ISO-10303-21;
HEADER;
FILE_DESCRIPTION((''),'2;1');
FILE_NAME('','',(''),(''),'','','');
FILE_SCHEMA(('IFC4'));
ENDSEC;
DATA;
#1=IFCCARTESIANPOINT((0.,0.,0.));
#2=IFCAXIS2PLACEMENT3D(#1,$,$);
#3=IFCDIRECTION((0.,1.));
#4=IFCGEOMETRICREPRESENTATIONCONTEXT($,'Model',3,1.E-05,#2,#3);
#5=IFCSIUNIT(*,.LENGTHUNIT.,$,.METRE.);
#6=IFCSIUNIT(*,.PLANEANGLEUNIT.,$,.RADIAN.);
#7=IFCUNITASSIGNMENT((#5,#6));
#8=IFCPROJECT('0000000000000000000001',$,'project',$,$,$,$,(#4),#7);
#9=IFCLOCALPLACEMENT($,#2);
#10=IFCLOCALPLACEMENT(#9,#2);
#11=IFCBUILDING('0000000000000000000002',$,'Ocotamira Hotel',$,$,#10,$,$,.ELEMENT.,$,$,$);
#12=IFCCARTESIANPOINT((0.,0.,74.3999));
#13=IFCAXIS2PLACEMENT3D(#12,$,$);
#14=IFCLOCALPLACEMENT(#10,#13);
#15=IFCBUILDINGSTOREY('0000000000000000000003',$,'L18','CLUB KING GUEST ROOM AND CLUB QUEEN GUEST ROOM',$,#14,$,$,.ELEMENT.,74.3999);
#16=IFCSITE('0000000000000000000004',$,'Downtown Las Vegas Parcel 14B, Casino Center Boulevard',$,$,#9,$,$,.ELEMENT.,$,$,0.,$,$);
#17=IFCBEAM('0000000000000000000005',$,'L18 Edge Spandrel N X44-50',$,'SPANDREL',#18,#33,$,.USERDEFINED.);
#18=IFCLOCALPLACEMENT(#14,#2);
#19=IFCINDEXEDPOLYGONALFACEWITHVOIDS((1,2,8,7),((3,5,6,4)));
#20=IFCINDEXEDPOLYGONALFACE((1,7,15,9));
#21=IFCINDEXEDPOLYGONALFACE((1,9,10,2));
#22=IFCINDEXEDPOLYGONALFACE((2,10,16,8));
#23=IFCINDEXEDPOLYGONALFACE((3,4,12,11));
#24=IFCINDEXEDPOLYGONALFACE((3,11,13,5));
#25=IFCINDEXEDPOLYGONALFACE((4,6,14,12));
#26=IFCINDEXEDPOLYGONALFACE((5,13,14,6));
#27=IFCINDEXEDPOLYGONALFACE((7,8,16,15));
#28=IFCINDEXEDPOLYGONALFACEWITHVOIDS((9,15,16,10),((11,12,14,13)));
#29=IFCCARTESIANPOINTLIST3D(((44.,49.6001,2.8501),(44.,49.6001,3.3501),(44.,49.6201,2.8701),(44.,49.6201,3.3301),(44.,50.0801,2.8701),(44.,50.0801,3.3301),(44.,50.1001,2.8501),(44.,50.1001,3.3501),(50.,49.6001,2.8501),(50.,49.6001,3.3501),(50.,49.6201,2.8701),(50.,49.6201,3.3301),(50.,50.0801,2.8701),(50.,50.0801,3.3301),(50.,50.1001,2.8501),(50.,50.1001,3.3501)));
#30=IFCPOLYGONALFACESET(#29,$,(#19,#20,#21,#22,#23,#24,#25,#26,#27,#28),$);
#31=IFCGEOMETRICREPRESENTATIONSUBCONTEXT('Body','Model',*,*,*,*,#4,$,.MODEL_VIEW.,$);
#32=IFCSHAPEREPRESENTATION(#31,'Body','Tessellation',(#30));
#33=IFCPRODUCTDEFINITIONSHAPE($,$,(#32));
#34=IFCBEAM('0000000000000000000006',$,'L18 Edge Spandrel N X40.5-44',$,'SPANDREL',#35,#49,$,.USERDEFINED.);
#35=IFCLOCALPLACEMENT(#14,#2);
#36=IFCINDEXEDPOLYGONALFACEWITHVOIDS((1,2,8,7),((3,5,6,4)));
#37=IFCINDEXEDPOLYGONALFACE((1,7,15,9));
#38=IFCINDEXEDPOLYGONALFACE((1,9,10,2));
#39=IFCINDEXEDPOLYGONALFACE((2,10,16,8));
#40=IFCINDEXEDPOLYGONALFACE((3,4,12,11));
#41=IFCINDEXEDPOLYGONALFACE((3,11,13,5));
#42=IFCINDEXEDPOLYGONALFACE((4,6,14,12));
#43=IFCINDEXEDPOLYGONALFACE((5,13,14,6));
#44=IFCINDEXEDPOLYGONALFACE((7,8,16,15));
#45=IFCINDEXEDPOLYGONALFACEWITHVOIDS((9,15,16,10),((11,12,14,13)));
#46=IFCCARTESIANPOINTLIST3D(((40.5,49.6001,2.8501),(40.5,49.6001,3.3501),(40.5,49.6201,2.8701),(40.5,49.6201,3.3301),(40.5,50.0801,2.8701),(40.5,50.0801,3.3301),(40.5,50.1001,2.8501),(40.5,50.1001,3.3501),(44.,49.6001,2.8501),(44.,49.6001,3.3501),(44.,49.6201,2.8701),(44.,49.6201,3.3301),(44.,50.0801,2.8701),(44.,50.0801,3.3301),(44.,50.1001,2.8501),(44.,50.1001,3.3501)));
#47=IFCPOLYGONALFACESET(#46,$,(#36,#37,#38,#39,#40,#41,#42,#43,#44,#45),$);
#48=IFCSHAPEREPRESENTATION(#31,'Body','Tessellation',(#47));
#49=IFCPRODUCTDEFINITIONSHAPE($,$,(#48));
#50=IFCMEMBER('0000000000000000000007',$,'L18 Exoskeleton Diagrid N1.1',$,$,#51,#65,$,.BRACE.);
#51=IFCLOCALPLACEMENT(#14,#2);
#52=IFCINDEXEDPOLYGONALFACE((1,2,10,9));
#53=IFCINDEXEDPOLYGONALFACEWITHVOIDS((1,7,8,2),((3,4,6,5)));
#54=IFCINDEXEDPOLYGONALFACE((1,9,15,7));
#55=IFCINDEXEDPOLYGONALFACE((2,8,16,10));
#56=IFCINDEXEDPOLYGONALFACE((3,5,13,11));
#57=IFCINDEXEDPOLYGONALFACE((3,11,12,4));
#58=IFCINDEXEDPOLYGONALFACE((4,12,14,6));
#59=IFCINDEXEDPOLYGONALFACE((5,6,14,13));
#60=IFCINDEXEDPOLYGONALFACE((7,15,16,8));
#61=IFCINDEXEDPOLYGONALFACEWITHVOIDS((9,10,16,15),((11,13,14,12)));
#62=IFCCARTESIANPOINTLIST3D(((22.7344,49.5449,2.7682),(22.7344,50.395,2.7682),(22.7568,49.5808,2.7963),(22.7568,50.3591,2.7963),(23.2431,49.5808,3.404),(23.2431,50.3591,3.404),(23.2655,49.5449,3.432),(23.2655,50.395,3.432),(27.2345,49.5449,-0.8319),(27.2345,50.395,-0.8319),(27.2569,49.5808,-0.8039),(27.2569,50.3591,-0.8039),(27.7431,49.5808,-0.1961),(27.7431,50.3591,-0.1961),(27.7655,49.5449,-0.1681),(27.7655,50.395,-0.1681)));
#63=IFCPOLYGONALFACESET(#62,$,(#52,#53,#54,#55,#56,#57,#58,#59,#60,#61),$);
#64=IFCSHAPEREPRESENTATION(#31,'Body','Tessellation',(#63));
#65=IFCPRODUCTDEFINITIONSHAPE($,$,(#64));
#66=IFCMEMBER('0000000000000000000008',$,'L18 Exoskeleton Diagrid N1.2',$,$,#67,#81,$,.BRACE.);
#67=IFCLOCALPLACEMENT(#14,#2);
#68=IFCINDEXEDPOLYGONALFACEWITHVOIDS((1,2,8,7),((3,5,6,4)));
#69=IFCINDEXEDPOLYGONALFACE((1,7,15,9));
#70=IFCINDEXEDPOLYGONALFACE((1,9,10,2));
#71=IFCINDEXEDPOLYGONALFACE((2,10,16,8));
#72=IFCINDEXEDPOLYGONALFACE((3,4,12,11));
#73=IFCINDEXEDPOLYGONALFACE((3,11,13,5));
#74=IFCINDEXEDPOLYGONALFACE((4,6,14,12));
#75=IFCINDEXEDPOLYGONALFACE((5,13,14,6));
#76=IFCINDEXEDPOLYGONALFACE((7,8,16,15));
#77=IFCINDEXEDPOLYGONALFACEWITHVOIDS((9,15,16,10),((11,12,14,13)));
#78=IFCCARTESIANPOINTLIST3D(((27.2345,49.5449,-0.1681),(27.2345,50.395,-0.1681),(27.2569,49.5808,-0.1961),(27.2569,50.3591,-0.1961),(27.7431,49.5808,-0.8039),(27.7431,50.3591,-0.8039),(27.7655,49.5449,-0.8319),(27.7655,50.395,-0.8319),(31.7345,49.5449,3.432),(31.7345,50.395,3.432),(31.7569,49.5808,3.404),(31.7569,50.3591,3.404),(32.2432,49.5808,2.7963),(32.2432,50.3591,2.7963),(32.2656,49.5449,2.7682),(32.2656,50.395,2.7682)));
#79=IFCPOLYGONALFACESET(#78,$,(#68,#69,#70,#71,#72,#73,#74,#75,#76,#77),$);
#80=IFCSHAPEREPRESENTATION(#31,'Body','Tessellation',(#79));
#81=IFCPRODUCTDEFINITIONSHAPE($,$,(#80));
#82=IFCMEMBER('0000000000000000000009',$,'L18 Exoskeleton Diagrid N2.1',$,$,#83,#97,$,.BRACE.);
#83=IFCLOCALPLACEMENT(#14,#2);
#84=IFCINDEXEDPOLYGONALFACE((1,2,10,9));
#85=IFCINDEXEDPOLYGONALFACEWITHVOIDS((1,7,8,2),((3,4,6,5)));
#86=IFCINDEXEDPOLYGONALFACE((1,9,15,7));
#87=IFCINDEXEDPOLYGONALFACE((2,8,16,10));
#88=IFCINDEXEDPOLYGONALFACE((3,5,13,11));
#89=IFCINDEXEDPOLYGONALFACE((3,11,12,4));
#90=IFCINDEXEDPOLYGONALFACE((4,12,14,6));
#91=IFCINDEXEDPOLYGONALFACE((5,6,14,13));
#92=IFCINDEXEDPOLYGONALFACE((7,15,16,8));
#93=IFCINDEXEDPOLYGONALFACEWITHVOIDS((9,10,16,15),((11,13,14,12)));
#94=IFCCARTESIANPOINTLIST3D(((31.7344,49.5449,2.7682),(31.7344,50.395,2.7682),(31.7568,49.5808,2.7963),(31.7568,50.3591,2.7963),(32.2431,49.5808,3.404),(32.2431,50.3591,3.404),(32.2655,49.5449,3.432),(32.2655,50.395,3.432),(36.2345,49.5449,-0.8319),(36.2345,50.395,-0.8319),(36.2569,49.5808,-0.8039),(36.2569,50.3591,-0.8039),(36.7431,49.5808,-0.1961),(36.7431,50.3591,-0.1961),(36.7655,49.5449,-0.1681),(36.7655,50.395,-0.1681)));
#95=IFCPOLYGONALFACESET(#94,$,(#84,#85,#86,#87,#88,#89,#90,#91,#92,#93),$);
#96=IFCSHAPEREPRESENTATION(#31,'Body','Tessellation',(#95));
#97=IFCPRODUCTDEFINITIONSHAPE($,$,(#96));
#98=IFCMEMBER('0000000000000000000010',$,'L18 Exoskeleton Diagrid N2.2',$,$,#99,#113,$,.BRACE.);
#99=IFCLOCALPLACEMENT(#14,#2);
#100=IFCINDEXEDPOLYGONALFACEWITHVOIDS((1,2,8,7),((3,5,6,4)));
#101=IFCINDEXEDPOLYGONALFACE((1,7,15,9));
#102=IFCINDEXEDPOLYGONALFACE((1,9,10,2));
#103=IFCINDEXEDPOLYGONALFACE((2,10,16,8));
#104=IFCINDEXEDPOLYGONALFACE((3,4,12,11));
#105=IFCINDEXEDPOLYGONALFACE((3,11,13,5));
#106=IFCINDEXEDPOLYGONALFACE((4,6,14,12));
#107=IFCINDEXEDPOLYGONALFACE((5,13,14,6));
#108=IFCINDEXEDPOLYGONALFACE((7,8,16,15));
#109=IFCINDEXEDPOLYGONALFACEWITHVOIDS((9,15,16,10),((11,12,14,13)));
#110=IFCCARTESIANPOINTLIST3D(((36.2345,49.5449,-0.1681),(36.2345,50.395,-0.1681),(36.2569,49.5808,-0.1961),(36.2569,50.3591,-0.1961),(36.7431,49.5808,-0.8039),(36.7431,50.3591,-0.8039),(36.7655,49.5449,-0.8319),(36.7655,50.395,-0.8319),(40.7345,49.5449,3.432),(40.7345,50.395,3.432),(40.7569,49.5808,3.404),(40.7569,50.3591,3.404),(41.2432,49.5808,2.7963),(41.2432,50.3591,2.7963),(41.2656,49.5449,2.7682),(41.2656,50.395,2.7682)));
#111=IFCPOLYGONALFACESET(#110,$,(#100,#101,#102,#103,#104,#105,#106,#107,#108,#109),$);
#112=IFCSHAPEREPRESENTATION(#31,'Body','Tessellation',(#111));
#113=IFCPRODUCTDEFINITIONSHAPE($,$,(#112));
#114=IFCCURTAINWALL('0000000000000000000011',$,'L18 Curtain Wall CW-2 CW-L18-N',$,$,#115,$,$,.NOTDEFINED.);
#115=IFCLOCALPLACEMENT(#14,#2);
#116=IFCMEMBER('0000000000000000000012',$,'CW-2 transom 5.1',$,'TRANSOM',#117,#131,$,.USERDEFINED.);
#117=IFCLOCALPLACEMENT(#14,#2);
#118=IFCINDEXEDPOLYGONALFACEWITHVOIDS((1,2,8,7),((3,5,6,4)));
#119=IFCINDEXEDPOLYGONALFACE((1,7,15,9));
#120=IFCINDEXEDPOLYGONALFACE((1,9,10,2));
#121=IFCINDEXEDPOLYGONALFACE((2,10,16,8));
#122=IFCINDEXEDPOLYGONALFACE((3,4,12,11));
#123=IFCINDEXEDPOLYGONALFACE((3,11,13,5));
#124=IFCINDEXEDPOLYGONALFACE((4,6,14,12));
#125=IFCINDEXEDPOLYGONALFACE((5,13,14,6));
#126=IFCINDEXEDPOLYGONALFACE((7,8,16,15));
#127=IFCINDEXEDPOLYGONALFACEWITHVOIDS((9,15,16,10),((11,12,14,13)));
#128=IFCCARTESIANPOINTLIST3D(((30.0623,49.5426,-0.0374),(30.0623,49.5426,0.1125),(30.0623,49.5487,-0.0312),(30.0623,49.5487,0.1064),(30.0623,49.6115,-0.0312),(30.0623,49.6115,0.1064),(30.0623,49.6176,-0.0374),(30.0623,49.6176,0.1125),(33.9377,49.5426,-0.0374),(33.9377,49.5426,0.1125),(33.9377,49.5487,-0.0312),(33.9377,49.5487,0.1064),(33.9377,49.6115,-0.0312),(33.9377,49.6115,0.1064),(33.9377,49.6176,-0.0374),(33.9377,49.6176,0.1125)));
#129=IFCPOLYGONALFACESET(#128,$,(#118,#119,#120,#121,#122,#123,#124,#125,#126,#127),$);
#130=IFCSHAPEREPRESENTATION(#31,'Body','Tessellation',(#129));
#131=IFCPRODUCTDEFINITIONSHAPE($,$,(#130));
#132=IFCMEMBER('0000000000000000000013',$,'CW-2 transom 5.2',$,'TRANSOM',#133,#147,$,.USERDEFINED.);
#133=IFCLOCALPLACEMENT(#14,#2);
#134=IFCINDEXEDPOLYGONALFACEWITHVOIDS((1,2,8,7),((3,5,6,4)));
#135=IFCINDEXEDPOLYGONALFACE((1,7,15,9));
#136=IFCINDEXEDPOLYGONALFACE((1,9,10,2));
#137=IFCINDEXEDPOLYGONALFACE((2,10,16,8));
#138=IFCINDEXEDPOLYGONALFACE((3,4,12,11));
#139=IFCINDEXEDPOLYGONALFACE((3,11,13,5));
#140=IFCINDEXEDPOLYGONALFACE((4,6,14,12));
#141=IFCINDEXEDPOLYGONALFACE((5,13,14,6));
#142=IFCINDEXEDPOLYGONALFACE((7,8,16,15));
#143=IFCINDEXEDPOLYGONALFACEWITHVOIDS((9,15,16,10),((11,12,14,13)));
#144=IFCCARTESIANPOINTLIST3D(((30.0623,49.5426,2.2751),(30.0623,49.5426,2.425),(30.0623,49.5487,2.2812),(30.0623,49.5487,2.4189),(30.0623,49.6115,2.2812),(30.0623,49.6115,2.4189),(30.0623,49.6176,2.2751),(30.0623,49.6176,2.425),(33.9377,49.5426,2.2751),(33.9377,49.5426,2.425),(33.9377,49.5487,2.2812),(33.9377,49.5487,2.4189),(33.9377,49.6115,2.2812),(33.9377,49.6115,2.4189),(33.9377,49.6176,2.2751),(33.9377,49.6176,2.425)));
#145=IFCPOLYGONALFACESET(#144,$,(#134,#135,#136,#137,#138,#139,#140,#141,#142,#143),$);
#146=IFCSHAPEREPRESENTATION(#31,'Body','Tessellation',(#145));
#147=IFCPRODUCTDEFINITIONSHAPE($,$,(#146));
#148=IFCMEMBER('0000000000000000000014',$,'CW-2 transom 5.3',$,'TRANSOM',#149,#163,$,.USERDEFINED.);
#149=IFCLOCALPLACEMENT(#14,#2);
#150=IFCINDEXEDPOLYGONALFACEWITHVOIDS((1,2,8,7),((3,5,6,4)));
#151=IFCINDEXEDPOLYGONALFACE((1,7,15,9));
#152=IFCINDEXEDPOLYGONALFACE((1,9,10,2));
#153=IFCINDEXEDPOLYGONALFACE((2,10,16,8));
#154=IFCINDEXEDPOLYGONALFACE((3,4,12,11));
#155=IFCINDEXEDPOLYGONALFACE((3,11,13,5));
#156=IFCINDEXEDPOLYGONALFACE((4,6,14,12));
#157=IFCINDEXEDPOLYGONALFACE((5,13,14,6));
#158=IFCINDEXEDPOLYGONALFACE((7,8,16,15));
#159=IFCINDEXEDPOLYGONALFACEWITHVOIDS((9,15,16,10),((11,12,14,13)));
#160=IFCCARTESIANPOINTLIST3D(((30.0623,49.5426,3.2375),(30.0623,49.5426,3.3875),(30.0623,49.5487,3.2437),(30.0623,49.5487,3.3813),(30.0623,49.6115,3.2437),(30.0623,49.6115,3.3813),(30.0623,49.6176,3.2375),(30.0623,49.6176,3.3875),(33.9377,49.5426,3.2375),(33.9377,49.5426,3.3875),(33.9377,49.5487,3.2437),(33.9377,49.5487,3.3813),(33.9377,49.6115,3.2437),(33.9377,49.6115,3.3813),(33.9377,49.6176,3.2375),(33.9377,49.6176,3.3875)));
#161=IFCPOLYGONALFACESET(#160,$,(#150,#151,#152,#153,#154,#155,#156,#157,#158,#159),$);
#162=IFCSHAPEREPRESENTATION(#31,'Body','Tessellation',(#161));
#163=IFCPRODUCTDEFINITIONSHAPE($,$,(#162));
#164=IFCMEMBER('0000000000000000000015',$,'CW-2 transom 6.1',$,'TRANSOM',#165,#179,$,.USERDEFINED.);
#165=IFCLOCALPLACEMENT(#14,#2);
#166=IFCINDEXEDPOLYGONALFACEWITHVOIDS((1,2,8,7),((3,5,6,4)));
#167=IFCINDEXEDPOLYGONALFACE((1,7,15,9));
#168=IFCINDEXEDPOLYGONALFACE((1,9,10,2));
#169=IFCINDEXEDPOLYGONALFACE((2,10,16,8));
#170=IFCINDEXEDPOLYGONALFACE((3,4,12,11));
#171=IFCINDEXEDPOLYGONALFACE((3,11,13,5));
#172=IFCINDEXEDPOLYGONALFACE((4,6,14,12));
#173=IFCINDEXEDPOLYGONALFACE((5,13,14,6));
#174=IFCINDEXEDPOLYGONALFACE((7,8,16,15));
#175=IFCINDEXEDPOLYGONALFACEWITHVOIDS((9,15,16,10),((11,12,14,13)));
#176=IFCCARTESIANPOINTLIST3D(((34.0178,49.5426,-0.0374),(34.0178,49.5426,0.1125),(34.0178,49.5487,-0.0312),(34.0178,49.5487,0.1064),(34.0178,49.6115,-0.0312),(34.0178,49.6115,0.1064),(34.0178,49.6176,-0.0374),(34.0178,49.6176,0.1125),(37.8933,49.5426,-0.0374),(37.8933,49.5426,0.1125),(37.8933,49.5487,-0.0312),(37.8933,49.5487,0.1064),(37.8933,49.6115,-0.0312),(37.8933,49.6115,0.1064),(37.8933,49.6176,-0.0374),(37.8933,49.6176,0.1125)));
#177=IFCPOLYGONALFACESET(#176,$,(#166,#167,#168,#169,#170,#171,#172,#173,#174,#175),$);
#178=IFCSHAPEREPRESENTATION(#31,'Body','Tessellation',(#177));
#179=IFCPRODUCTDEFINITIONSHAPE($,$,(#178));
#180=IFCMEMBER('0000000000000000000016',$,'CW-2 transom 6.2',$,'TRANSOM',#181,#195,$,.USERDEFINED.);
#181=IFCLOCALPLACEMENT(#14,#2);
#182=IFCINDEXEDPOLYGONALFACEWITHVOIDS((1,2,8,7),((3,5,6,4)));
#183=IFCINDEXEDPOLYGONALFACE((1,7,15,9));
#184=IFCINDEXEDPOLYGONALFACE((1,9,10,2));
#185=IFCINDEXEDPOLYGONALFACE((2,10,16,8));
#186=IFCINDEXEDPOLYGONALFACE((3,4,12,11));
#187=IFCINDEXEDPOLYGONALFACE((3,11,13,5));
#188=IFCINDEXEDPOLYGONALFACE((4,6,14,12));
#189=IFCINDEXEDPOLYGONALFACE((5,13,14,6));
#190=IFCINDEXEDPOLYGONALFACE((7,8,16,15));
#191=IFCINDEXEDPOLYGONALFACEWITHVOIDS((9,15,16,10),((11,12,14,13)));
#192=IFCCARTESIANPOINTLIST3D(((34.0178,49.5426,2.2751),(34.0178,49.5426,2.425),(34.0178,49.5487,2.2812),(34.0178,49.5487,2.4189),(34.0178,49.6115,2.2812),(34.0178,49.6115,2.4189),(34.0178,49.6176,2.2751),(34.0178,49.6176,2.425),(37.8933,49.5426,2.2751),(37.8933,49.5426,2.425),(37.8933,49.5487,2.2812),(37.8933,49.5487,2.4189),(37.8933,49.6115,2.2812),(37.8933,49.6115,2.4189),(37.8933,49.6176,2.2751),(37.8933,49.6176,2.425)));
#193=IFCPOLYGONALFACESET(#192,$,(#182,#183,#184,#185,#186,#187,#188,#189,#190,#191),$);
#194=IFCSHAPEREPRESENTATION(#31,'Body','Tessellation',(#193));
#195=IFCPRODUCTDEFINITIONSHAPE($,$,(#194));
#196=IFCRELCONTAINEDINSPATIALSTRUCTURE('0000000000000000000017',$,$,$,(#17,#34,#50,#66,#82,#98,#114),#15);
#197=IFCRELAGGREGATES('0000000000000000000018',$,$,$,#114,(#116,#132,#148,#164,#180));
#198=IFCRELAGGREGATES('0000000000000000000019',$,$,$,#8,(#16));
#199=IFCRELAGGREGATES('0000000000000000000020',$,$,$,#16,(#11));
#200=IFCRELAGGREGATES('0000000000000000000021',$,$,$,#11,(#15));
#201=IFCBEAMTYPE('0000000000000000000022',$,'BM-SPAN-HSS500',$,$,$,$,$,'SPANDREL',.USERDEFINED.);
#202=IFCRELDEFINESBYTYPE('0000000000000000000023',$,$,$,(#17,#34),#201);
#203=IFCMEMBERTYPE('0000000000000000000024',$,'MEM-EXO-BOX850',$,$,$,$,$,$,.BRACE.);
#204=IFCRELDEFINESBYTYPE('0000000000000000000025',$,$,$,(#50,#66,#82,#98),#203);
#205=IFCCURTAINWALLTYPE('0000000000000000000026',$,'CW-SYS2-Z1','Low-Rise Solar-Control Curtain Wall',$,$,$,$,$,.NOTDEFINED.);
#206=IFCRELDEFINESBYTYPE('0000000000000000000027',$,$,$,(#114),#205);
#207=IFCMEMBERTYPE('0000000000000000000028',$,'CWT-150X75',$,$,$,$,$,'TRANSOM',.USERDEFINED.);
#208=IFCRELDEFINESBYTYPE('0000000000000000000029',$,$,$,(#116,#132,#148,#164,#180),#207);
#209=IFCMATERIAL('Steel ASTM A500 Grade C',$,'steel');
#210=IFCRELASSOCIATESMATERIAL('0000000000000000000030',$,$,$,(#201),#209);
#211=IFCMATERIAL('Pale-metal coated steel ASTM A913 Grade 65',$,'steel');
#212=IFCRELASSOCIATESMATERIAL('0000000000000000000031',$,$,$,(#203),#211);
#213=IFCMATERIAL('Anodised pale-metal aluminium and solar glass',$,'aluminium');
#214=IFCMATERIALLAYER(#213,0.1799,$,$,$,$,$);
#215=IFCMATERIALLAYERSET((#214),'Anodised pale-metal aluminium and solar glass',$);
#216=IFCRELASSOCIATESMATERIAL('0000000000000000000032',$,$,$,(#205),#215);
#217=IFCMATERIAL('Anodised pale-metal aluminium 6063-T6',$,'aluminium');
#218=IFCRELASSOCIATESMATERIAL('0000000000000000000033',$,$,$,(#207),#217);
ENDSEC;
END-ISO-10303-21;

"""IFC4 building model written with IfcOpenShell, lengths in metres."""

from ifc_helpers import new_model, si_unit, direction, frame, origin, origin_2d, place, context, subcontext, project, spatial, hollow_rectangle, extrude, source, transform, mapped, material, layer, layer_set, material_profile, profile_set, type_object, element, aggregate, save


model = new_model("IFC4")

# Units and contexts
model_context = context("Model", 3, precision=1e-05, world=origin(), true_north=direction((0.0, 1.0)))
body_context = subcontext(model_context, "Body", "Model", "MODEL_VIEW")
ifc_project = project(units=[si_unit("LENGTHUNIT", "METRE"), si_unit("PLANEANGLEUNIT", "RADIAN")], contexts=[model_context])

# Site, building, storey
site_placement = place(None, origin())
site = spatial("IfcSite", under=ifc_project, at=site_placement, Name="Downtown Las Vegas Parcel 14B, Casino Center Boulevard", CompositionType="ELEMENT", RefElevation=0.0)
building_placement = place(site_placement, origin())
building = spatial("IfcBuilding", under=site, at=building_placement, Name="Ocotamira Hotel", CompositionType="ELEMENT")
storey_placement = place(building_placement, frame((0.0, 0.0, 74.3999)))
storey = spatial("IfcBuildingStorey", under=building, at=storey_placement, Name="L18", Description="CLUB KING GUEST ROOM AND CLUB QUEEN GUEST ROOM", CompositionType="ELEMENT", Elevation=74.3999)

# Beams
ifc_material_1 = material(Name="Steel ASTM A500 Grade C", Category="steel")
ifc_material_profile_1 = material_profile(ifc_material_1, hollow_rectangle(XDim=0.5, YDim=0.5, WallThickness=0.02, at=origin_2d()), Name="HSS500X500X20")
ifc_profile_set_1 = profile_set([ifc_material_profile_1], Name="Steel ASTM A500 Grade C")
beam_type = type_object("IfcBeamType", Name="BM-SPAN-HSS500", ElementType="SPANDREL", PredefinedType="USERDEFINED", material=ifc_profile_set_1)
shared_shape_1 = source(origin(), body_context, "Body", "SweptSolid", [
    extrude(hollow_rectangle(XDim=0.5, YDim=0.5, WallThickness=0.02, at=origin_2d()), origin(), (0.0, 0.0, 1.0), 6.0),
])
beam_1_placement = place(storey_placement, frame((44.0, 49.8501, 3.1001), z_axis=(1.0, 0.0, 0.0), x_axis=(0.0, 1.0, 0.0)))
element("IfcBeam", 1, at=beam_1_placement, inside=storey, type_object=beam_type, Name="L18 Edge Spandrel N X44-50", ObjectType="SPANDREL", PredefinedType="USERDEFINED", context=body_context, shape_type="MappedRepresentation", body=[
    mapped(shared_shape_1, transform((0.0, 0.0, 0.0), scale=1.0)),
])
shared_shape_2 = source(origin(), body_context, "Body", "SweptSolid", [
    extrude(hollow_rectangle(XDim=0.5, YDim=0.5, WallThickness=0.02, at=origin_2d()), origin(), (0.0, 0.0, 1.0), 3.5),
])
beam_2_placement = place(storey_placement, frame((40.5, 49.8501, 3.1001), z_axis=(1.0, 0.0, 0.0), x_axis=(0.0, 1.0, 0.0)))
element("IfcBeam", 2, at=beam_2_placement, inside=storey, type_object=beam_type, Name="L18 Edge Spandrel N X40.5-44", ObjectType="SPANDREL", PredefinedType="USERDEFINED", context=body_context, shape_type="MappedRepresentation", body=[
    mapped(shared_shape_2, transform((0.0, 0.0, 0.0), scale=1.0)),
])

# Members
ifc_material_2 = material(Name="Pale-metal coated steel ASTM A913 Grade 65", Category="steel")
ifc_material_profile_2 = material_profile(ifc_material_2, hollow_rectangle(XDim=0.8501, YDim=0.8501, WallThickness=0.0359, at=origin_2d()), Name="BOX850X850X36")
ifc_profile_set_2 = profile_set([ifc_material_profile_2], Name="Pale-metal coated steel ASTM A913 Grade 65")
member_type_1 = type_object("IfcMemberType", Name="MEM-EXO-BOX850", PredefinedType="BRACE", material=ifc_profile_set_2)
shared_shape_3 = source(origin(), body_context, "Body", "SweptSolid", [
    extrude(hollow_rectangle(XDim=0.8501, YDim=0.8501, WallThickness=0.0359, at=origin_2d()), origin(), (0.0, 0.0, 1.0), 5.7629),
])
for number, where, z_axis, x_axis, name in (
    (3, (27.5, 49.97, -0.5), (-0.780861, 0.0, 0.624705), (0.0, -1.0, 0.0), "L18 Exoskeleton Diagrid N1.1"),
    (4, (27.5, 49.97, -0.5), (0.780861, 0.0, 0.624705), (0.0, 1.0, 0.0), "L18 Exoskeleton Diagrid N1.2"),
    (5, (36.5, 49.97, -0.5), (-0.780861, 0.0, 0.624705), (0.0, -1.0, 0.0), "L18 Exoskeleton Diagrid N2.1"),
    (6, (36.5, 49.97, -0.5), (0.780861, 0.0, 0.624705), (0.0, 1.0, 0.0), "L18 Exoskeleton Diagrid N2.2"),
):
    element("IfcMember", number, at=place(storey_placement, frame(where, z_axis=z_axis, x_axis=x_axis)), inside=storey, type_object=member_type_1, Name=name, PredefinedType="BRACE", context=body_context, shape_type="MappedRepresentation", body=[
        mapped(shared_shape_3, transform((0.0, 0.0, 0.0), scale=1.0)),
    ])

# Curtain wall, members
ifc_material_3 = material(Name="Anodised pale-metal aluminium and solar glass", Category="aluminium")
ifc_layer_1 = layer(ifc_material_3, 0.1799)
ifc_layer_set_1 = layer_set([ifc_layer_1], Name="Anodised pale-metal aluminium and solar glass")
curtain_wall_type = type_object("IfcCurtainWallType", Name="CW-SYS2-Z1", Description="Low-Rise Solar-Control Curtain Wall", PredefinedType="NOTDEFINED", material=ifc_layer_set_1)
curtain_wall_placement = place(storey_placement, origin())
curtain_wall = element("IfcCurtainWall", 7, at=curtain_wall_placement, inside=storey, type_object=curtain_wall_type, Name="L18 Curtain Wall CW-2 CW-L18-N", PredefinedType="NOTDEFINED")
ifc_material_4 = material(Name="Anodised pale-metal aluminium 6063-T6", Category="aluminium")
ifc_material_profile_3 = material_profile(ifc_material_4, hollow_rectangle(XDim=0.075, YDim=0.1499, WallThickness=0.0061, at=origin_2d()), Name="HSS150X75X6")
ifc_profile_set_3 = profile_set([ifc_material_profile_3], Name="Anodised pale-metal aluminium 6063-T6")
member_type_2 = type_object("IfcMemberType", Name="CWT-150X75", ElementType="TRANSOM", PredefinedType="USERDEFINED", material=ifc_profile_set_3)
shared_shape_4 = source(origin(), body_context, "Body", "SweptSolid", [
    extrude(hollow_rectangle(XDim=0.075, YDim=0.1499, WallThickness=0.0061, at=origin_2d()), origin(), (0.0, 0.0, 1.0), 3.8755),
])
member_1_placement = place(storey_placement, frame((30.0623, 49.5801, 0.0376), z_axis=(1.0, 0.0, 0.0), x_axis=(0.0, 1.0, 0.0)))
member_1 = element("IfcMember", 8, at=member_1_placement, type_object=member_type_2, Name="CW-2 transom 5.1", ObjectType="TRANSOM", PredefinedType="USERDEFINED", context=body_context, shape_type="MappedRepresentation", body=[
    mapped(shared_shape_4, transform((0.0, 0.0, 0.0), scale=1.0)),
])
member_2_placement = place(storey_placement, frame((30.0623, 49.5801, 2.3501), z_axis=(1.0, 0.0, 0.0), x_axis=(0.0, 1.0, 0.0)))
member_2 = element("IfcMember", 9, at=member_2_placement, type_object=member_type_2, Name="CW-2 transom 5.2", ObjectType="TRANSOM", PredefinedType="USERDEFINED", context=body_context, shape_type="MappedRepresentation", body=[
    mapped(shared_shape_4, transform((0.0, 0.0, 0.0), scale=1.0)),
])
member_3_placement = place(storey_placement, frame((30.0623, 49.5801, 3.3125), z_axis=(1.0, 0.0, 0.0), x_axis=(0.0, 1.0, 0.0)))
member_3 = element("IfcMember", 10, at=member_3_placement, type_object=member_type_2, Name="CW-2 transom 5.3", ObjectType="TRANSOM", PredefinedType="USERDEFINED", context=body_context, shape_type="MappedRepresentation", body=[
    mapped(shared_shape_4, transform((0.0, 0.0, 0.0), scale=1.0)),
])
member_4_placement = place(storey_placement, frame((34.0178, 49.5801, 0.0376), z_axis=(1.0, 0.0, 0.0), x_axis=(0.0, 1.0, 0.0)))
member_4 = element("IfcMember", 11, at=member_4_placement, type_object=member_type_2, Name="CW-2 transom 6.1", ObjectType="TRANSOM", PredefinedType="USERDEFINED", context=body_context, shape_type="MappedRepresentation", body=[
    mapped(shared_shape_4, transform((0.0, 0.0, 0.0), scale=1.0)),
])
member_5_placement = place(storey_placement, frame((34.0178, 49.5801, 2.3501), z_axis=(1.0, 0.0, 0.0), x_axis=(0.0, 1.0, 0.0)))
member_5 = element("IfcMember", 12, at=member_5_placement, type_object=member_type_2, Name="CW-2 transom 6.2", ObjectType="TRANSOM", PredefinedType="USERDEFINED", context=body_context, shape_type="MappedRepresentation", body=[
    mapped(shared_shape_4, transform((0.0, 0.0, 0.0), scale=1.0)),
])

aggregate(curtain_wall, [member_1, member_2, member_3, member_4, member_5])

save(model, "model.ifc")
